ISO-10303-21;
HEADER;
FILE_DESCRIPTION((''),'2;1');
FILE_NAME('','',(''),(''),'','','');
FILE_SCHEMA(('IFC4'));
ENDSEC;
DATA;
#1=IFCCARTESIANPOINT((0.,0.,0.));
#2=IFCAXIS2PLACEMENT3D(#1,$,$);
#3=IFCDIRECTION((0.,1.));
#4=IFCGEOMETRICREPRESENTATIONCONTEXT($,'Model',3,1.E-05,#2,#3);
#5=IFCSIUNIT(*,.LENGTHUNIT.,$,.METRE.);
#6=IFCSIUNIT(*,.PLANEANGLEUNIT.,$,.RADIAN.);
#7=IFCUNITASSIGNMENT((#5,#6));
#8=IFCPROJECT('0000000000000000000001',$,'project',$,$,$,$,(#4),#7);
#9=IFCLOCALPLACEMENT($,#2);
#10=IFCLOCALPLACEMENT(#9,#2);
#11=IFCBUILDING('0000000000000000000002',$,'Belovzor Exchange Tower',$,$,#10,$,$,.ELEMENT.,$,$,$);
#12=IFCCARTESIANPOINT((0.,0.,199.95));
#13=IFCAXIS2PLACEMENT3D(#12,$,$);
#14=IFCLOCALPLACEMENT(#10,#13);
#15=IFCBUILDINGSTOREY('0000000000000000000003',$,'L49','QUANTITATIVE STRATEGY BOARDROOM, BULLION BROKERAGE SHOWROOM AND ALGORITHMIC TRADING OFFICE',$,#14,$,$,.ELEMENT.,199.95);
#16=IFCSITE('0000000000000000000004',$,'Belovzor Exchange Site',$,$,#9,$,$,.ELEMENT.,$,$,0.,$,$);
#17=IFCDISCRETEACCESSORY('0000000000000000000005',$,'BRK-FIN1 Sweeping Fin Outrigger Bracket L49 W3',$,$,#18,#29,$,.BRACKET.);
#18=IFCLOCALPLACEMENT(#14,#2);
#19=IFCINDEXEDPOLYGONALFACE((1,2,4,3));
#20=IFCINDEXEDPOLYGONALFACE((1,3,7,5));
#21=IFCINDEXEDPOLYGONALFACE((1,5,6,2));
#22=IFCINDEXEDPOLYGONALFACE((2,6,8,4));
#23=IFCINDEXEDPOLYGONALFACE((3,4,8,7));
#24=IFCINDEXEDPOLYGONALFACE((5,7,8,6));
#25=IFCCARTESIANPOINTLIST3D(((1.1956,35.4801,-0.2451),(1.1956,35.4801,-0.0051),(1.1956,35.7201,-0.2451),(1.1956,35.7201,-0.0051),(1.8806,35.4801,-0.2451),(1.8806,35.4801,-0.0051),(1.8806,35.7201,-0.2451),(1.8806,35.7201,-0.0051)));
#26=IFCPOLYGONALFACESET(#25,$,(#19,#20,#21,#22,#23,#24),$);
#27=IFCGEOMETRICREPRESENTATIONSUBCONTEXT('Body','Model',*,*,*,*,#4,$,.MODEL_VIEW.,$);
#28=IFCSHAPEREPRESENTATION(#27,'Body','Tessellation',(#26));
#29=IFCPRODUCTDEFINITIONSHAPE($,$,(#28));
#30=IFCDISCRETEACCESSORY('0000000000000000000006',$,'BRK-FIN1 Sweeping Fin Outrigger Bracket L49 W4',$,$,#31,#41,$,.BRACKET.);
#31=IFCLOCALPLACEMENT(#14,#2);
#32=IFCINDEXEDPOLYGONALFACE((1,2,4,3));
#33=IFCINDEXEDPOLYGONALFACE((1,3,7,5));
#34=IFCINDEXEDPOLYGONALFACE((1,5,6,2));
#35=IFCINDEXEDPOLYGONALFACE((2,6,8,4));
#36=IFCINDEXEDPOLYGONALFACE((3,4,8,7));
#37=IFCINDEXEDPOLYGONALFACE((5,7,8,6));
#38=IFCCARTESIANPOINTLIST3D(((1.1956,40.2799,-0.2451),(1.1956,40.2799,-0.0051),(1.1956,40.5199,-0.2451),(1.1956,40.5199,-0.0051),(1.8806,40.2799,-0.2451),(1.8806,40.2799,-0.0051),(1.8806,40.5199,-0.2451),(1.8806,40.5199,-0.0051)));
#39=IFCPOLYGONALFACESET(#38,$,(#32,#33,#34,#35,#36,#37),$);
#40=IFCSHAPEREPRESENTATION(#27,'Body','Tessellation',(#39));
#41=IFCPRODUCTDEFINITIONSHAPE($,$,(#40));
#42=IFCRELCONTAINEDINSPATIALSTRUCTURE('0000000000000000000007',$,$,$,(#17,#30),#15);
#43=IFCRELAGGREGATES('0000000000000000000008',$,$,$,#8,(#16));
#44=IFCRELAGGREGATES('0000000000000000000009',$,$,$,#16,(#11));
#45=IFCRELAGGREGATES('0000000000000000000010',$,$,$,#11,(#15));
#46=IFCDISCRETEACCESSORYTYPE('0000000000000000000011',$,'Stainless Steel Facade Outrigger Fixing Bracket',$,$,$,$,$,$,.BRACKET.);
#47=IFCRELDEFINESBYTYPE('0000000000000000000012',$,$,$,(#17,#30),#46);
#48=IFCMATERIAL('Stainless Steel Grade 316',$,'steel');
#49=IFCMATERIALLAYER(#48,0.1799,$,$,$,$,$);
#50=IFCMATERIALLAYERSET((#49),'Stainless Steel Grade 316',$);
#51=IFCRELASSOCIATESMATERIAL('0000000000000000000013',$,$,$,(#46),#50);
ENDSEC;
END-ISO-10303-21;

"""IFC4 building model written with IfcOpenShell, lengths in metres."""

from ifc_helpers import new_model, si_unit, direction, frame, origin, origin_2d, place, context, subcontext, project, spatial, rectangle, extrude, material, layer, layer_set, type_object, element, save


model = new_model("IFC4")

# Units and contexts
model_context = context("Model", 3, precision=1e-05, world=origin(), true_north=direction((0.0, 1.0)))
body_context = subcontext(model_context, "Body", "Model", "MODEL_VIEW")
ifc_project = project(units=[si_unit("LENGTHUNIT", "METRE"), si_unit("PLANEANGLEUNIT", "RADIAN")], contexts=[model_context])

# Site, building, storey
site_placement = place(None, origin())
site = spatial("IfcSite", under=ifc_project, at=site_placement, Name="Belovzor Exchange Site", CompositionType="ELEMENT", RefElevation=0.0)
building_placement = place(site_placement, origin())
building = spatial("IfcBuilding", under=site, at=building_placement, Name="Belovzor Exchange Tower", CompositionType="ELEMENT")
storey_placement = place(building_placement, frame((0.0, 0.0, 199.95)))
storey = spatial("IfcBuildingStorey", under=building, at=storey_placement, Name="L49", Description="QUANTITATIVE STRATEGY BOARDROOM, BULLION BROKERAGE SHOWROOM AND ALGORITHMIC TRADING OFFICE", CompositionType="ELEMENT", Elevation=199.95)

# Discrete accessories
ifc_material_1 = material(Name="Stainless Steel Grade 316", Category="steel")
ifc_layer_1 = layer(ifc_material_1, 0.1799)
ifc_layer_set_1 = layer_set([ifc_layer_1], Name="Stainless Steel Grade 316")
discrete_accessory_type = type_object("IfcDiscreteAccessoryType", Name="Stainless Steel Facade Outrigger Fixing Bracket", PredefinedType="BRACKET", material=ifc_layer_set_1)
for number, where, z_axis, x_axis, name in (
    (1, (1.5381, 35.6001, -0.2451), (0.0, 0.0, 1.0), (1.0, 0.0, 0.0), "BRK-FIN1 Sweeping Fin Outrigger Bracket L49 W3"),
    (2, (1.5381, 40.3999, -0.2451), (0.0, 0.0, 1.0), (1.0, 0.0, 0.0), "BRK-FIN1 Sweeping Fin Outrigger Bracket L49 W4"),
):
    element("IfcDiscreteAccessory", number, at=place(storey_placement, frame(where, z_axis=z_axis, x_axis=x_axis)), inside=storey, type_object=discrete_accessory_type, Name=name, PredefinedType="BRACKET", context=body_context, shape_type="SweptSolid", body=[
        extrude(rectangle(XDim=0.6851, YDim=0.24, at=origin_2d()), origin(), (0.0, 0.0, 1.0), 0.24),
    ])

save(model, "model.ifc")
